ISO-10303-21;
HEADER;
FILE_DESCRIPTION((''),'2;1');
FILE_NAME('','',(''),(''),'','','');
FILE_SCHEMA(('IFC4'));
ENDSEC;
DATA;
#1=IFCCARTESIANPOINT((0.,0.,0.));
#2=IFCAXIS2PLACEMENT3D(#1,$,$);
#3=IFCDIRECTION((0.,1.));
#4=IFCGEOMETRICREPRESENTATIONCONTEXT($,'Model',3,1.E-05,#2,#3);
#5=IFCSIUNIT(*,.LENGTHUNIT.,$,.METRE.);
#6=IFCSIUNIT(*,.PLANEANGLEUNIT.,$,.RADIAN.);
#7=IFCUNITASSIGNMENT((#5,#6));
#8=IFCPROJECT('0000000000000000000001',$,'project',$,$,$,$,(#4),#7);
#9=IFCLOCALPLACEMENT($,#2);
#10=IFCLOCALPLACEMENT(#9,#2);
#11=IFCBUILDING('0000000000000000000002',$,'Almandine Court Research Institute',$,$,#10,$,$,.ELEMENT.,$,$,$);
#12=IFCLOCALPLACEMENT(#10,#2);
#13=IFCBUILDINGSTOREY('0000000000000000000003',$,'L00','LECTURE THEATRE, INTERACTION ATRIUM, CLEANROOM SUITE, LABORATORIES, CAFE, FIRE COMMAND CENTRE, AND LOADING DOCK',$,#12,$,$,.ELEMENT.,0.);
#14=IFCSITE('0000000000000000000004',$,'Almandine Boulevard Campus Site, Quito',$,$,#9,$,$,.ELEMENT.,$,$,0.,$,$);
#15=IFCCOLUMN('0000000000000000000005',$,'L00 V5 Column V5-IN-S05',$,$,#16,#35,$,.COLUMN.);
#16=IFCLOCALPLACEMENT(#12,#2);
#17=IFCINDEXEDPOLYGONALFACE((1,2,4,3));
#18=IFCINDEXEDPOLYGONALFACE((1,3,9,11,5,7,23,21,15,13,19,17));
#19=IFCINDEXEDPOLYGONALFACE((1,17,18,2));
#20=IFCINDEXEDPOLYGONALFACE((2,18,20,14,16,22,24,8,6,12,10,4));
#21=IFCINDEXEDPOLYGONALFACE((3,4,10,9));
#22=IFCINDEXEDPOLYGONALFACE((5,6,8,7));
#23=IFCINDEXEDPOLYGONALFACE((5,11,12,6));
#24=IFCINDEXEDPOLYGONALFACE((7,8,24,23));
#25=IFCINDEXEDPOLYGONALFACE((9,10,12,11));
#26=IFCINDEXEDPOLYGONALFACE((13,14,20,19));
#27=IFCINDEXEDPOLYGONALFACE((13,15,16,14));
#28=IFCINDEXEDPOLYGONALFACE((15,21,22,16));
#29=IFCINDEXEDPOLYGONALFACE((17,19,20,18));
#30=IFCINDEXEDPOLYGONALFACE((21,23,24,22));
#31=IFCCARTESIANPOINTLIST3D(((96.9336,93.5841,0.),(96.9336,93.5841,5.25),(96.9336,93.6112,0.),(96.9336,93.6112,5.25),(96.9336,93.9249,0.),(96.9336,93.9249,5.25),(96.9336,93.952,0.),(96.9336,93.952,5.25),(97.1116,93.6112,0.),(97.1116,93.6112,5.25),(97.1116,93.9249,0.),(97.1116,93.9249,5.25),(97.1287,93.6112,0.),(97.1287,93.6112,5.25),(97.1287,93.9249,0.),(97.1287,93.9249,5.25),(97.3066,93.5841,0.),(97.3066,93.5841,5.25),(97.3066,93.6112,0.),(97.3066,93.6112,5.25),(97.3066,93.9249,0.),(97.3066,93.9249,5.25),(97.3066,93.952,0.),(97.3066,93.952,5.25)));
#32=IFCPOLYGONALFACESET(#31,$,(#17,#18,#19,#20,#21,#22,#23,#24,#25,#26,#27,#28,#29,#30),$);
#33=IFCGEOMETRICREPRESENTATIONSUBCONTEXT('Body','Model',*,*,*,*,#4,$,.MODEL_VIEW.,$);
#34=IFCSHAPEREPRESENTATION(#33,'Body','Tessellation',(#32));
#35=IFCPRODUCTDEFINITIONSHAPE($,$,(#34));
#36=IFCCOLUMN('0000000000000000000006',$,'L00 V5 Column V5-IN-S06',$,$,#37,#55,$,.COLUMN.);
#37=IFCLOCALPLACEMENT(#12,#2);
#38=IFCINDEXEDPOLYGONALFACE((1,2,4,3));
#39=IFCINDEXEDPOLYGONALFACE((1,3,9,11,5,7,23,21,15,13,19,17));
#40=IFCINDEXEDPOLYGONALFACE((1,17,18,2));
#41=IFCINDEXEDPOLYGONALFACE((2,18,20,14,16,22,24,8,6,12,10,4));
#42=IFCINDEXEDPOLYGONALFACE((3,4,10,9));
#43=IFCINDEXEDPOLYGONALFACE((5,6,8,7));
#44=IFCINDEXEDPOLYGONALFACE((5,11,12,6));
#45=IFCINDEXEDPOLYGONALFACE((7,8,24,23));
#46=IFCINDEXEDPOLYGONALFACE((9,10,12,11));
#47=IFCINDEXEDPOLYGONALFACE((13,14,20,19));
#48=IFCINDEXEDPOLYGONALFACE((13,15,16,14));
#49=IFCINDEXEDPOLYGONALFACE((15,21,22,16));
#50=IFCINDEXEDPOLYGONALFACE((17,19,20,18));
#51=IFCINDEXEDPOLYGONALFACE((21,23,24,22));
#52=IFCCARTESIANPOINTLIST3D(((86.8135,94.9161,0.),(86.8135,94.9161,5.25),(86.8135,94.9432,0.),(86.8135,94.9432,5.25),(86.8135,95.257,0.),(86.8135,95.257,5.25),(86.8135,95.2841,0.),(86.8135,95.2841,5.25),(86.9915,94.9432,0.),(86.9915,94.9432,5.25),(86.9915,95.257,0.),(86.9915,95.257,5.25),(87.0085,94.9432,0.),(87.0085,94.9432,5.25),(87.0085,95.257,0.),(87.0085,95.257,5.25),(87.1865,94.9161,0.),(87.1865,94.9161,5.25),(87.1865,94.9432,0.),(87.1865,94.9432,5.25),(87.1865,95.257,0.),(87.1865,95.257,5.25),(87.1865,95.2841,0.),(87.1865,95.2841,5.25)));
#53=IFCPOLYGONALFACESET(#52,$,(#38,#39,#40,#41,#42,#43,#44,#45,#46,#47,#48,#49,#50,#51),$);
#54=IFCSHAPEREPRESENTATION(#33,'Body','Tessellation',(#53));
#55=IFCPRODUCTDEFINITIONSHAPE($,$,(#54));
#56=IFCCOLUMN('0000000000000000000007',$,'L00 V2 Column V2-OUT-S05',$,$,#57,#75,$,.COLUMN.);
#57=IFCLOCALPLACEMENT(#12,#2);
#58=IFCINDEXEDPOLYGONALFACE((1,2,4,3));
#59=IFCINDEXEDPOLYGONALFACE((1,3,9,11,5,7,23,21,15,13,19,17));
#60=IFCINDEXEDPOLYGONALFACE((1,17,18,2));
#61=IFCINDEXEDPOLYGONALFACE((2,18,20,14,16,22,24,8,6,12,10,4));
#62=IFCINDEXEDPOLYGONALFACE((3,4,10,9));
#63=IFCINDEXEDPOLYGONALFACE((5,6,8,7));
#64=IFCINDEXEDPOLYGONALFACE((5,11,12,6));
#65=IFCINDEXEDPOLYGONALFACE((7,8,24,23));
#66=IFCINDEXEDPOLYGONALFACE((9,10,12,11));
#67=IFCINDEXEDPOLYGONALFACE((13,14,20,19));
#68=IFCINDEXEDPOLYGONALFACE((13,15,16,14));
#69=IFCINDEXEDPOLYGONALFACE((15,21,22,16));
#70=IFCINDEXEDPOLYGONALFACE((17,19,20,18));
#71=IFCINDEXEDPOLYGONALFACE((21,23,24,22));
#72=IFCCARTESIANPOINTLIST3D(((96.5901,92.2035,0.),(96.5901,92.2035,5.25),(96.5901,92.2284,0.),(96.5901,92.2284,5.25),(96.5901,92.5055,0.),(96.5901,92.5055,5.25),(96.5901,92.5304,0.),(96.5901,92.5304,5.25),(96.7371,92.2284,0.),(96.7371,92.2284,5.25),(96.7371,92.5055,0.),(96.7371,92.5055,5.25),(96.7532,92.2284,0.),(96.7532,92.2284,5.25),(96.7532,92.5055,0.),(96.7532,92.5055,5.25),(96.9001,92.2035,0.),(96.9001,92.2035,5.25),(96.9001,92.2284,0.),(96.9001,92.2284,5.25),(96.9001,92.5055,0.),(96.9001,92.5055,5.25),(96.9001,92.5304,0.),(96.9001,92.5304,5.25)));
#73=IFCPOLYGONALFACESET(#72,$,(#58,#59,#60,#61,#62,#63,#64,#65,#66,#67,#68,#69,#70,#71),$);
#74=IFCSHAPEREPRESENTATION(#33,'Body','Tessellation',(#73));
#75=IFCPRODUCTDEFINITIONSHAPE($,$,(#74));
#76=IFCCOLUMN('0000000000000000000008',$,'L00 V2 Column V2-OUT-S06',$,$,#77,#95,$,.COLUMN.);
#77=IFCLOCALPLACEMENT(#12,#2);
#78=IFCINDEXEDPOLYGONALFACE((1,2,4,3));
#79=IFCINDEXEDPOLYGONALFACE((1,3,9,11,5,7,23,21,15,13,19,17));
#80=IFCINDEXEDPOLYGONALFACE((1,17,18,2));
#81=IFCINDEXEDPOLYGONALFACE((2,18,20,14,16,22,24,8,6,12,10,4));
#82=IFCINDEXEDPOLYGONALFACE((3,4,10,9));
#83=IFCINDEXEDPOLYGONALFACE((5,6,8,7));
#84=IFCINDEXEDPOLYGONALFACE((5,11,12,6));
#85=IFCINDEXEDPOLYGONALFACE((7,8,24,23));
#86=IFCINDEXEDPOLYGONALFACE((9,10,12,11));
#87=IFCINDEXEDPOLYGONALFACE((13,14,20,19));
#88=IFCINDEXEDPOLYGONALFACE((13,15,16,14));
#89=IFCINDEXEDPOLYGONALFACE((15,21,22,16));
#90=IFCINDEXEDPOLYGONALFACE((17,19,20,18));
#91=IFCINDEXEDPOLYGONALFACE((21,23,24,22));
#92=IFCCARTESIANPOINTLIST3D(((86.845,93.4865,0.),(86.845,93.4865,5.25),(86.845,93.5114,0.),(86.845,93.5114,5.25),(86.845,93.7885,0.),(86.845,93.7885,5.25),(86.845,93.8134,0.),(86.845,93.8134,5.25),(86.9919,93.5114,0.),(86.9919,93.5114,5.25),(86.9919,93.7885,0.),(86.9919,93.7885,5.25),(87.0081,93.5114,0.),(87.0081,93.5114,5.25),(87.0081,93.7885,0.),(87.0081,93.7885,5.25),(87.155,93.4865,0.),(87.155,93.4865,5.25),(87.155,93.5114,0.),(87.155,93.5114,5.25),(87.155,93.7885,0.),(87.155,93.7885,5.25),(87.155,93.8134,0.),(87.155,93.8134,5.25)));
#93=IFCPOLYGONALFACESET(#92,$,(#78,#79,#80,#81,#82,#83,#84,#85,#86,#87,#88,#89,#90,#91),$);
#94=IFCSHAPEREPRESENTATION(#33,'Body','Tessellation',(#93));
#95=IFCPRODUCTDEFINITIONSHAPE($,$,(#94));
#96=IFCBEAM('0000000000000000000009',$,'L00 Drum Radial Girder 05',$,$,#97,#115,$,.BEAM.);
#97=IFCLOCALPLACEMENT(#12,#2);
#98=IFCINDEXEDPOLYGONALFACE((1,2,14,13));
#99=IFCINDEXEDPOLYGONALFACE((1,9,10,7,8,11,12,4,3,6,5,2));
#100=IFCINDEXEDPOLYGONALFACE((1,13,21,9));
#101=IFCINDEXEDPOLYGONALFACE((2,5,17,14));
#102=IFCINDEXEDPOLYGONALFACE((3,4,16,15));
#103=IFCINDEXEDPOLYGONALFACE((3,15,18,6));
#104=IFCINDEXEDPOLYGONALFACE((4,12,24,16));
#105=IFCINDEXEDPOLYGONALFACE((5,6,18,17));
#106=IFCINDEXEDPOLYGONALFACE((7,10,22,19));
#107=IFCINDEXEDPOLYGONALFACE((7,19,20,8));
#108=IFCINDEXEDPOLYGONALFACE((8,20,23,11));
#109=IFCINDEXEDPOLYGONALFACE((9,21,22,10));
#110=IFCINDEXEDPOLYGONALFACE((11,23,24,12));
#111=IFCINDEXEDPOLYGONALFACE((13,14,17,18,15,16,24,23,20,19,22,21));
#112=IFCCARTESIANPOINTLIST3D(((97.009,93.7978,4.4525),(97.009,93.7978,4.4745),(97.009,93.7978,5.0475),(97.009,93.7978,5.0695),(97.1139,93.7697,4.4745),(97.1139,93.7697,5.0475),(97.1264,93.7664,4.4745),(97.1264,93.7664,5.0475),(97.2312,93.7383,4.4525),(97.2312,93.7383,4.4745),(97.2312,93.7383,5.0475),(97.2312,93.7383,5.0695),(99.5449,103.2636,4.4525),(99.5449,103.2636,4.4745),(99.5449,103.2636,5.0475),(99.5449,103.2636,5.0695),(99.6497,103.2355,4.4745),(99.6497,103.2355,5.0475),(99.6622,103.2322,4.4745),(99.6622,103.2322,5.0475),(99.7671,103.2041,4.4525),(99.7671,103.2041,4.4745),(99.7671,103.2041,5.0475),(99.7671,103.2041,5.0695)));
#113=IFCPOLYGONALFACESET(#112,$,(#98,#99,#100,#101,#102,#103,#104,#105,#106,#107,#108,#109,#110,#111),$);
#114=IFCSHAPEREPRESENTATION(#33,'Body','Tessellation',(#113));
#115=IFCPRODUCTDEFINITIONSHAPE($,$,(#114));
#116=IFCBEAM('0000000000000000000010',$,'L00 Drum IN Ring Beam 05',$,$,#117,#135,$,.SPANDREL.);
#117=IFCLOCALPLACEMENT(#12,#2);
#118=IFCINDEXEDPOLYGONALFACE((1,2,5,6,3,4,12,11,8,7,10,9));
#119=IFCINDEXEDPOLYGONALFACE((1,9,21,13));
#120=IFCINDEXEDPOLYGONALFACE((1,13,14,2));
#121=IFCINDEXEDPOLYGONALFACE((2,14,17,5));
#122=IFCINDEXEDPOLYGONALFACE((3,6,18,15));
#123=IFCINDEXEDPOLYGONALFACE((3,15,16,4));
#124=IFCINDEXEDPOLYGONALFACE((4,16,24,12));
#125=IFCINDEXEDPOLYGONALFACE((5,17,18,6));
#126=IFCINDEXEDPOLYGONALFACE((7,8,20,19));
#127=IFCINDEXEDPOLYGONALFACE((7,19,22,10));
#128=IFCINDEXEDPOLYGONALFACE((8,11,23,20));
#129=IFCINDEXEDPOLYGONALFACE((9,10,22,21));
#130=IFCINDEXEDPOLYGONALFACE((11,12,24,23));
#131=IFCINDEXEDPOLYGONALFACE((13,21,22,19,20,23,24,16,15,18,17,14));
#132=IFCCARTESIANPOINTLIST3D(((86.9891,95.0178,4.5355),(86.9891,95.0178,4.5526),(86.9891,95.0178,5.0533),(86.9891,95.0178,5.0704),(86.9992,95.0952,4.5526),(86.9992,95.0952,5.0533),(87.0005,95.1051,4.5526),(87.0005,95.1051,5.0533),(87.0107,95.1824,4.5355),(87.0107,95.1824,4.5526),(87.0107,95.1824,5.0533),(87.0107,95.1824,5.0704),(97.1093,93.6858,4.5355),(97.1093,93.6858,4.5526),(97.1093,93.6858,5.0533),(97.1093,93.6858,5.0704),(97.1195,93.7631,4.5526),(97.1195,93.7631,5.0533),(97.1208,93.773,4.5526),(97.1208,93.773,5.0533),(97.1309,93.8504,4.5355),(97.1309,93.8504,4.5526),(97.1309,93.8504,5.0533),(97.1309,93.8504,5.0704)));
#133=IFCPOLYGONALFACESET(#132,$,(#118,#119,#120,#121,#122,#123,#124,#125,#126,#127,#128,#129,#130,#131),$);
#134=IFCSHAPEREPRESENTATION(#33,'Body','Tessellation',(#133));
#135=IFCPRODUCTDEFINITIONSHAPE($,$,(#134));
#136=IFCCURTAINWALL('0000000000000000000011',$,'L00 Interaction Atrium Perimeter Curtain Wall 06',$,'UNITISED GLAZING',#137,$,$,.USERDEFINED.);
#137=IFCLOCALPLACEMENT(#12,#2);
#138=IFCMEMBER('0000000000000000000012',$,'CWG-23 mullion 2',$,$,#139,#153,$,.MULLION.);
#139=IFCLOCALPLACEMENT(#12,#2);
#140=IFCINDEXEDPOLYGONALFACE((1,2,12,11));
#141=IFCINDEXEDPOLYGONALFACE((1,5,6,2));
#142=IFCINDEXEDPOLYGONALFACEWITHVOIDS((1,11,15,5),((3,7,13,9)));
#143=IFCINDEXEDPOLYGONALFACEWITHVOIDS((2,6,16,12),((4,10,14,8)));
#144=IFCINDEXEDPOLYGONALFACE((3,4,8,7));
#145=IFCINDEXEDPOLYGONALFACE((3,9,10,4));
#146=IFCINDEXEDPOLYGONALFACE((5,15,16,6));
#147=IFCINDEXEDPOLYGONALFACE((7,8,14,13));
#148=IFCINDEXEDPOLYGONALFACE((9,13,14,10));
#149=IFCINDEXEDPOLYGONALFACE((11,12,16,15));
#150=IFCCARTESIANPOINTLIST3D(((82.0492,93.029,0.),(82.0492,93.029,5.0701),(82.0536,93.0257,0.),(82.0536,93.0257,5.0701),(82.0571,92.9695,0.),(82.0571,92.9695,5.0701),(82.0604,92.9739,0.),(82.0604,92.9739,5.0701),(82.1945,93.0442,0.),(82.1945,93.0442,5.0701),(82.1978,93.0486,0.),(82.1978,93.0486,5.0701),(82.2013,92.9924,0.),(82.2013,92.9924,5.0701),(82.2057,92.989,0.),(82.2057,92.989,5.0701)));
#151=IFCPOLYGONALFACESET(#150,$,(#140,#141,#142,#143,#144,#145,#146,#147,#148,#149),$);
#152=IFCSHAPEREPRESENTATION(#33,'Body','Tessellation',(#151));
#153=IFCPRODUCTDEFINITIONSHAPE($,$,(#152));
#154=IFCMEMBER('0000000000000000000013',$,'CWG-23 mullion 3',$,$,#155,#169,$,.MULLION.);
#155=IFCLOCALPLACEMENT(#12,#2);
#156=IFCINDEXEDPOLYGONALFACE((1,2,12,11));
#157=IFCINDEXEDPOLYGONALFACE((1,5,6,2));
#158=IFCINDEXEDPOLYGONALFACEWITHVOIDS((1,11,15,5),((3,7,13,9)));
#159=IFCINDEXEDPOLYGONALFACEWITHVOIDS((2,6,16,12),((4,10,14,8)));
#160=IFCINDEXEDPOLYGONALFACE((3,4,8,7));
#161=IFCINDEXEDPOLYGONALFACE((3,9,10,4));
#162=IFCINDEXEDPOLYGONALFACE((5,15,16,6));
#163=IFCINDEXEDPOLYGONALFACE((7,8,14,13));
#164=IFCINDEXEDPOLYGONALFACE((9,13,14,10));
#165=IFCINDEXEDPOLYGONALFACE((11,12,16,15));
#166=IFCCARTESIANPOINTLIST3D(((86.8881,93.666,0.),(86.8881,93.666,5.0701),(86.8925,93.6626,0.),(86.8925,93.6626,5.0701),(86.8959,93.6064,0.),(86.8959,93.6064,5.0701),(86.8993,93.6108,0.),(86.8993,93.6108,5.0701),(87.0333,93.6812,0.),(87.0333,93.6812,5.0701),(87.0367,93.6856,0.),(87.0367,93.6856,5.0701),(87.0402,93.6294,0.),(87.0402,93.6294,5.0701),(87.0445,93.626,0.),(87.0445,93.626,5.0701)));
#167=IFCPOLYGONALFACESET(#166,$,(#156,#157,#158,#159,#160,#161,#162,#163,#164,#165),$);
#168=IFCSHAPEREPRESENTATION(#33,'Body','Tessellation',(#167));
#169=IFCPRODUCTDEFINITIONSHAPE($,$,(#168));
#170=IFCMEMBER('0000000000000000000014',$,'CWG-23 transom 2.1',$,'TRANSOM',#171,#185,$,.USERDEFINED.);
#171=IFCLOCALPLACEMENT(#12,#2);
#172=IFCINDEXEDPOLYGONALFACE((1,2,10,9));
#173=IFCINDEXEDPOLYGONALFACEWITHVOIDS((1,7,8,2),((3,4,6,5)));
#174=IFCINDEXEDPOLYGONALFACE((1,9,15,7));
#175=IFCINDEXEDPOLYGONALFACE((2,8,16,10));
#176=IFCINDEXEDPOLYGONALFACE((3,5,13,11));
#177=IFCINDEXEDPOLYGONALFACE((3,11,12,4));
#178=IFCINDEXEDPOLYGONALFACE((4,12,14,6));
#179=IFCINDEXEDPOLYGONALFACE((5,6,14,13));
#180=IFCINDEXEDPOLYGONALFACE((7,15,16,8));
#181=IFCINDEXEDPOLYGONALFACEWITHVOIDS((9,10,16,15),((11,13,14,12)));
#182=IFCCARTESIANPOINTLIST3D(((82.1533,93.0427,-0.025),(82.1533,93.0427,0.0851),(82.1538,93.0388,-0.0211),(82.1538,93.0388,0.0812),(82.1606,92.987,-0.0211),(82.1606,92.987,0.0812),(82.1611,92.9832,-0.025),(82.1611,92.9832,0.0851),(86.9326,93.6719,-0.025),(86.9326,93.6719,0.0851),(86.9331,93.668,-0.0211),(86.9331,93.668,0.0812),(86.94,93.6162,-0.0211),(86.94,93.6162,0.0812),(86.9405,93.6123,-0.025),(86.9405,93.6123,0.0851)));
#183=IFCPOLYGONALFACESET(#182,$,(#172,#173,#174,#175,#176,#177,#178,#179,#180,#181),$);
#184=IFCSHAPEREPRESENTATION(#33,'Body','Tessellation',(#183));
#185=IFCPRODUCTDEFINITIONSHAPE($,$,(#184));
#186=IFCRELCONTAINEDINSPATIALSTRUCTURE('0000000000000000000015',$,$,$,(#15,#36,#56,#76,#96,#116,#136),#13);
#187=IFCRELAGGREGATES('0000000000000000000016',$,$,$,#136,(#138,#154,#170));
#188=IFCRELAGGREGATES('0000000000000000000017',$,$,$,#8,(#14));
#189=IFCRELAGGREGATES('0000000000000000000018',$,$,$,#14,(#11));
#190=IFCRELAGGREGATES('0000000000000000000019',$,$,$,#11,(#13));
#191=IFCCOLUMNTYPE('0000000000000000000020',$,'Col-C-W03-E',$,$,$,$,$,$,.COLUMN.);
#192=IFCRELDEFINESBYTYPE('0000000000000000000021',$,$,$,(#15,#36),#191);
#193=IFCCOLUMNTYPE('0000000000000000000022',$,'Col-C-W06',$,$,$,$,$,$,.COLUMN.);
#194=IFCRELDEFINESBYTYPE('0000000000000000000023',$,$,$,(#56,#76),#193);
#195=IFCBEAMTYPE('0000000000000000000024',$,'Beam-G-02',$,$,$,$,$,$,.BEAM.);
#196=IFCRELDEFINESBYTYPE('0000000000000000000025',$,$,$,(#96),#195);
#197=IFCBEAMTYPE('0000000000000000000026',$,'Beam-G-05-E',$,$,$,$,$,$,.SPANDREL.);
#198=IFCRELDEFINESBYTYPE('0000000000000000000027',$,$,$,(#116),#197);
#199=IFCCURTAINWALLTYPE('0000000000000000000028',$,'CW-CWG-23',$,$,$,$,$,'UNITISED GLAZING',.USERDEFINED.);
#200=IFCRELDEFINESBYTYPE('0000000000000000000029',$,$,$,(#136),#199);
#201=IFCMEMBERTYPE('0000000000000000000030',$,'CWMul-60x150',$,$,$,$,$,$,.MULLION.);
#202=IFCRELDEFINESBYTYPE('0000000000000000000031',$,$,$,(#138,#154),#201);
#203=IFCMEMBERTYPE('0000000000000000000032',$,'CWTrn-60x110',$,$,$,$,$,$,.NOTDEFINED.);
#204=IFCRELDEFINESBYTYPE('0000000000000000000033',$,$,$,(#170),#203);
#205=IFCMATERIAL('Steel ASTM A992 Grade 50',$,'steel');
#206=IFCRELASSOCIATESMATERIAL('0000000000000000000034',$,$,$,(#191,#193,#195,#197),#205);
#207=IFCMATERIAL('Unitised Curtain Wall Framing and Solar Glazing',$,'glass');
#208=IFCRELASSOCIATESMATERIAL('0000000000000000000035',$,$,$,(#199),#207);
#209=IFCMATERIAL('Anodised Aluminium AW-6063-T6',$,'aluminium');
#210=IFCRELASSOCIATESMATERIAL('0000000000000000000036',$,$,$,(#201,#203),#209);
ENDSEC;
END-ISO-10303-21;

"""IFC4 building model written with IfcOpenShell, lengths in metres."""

from ifc_helpers import new_model, si_unit, direction, frame, origin, origin_2d, place, context, subcontext, project, spatial, hollow_rectangle, i_section, extrude, material, material_profile, profile_set, type_object, element, aggregate, save


model = new_model("IFC4")

# Units and contexts
model_context = context("Model", 3, precision=1e-05, world=origin(), true_north=direction((0.0, 1.0)))
body_context = subcontext(model_context, "Body", "Model", "MODEL_VIEW")
ifc_project = project(units=[si_unit("LENGTHUNIT", "METRE"), si_unit("PLANEANGLEUNIT", "RADIAN")], contexts=[model_context])

# Site, building, storey
site_placement = place(None, origin())
site = spatial("IfcSite", under=ifc_project, at=site_placement, Name="Almandine Boulevard Campus Site, Quito", CompositionType="ELEMENT", RefElevation=0.0)
building_placement = place(site_placement, origin())
building = spatial("IfcBuilding", under=site, at=building_placement, Name="Almandine Court Research Institute", CompositionType="ELEMENT")
storey_placement = place(building_placement, origin())
storey = spatial("IfcBuildingStorey", under=building, at=storey_placement, Name="L00", Description="LECTURE THEATRE, INTERACTION ATRIUM, CLEANROOM SUITE, LABORATORIES, CAFE, FIRE COMMAND CENTRE, AND LOADING DOCK", CompositionType="ELEMENT", Elevation=0.0)

# Columns
ifc_material_1 = material(Name="Steel ASTM A992 Grade 50", Category="steel")
ifc_material_profile_1 = material_profile(ifc_material_1, i_section(OverallWidth=0.373, OverallDepth=0.3679, WebThickness=0.0171, FlangeThickness=0.0271, at=origin_2d()), Name="W360x179")
ifc_profile_set_1 = profile_set([ifc_material_profile_1], Name="Steel ASTM A992 Grade 50")
column_type_1 = type_object("IfcColumnType", Name="Col-C-W03-E", PredefinedType="COLUMN", material=ifc_profile_set_1)
for number, where, z_axis, x_axis, name in (
    (1, (97.1201, 93.7681, 0.0), (0.0, 0.0, 1.0), (1.0, 0.0, 0.0), "L00 V5 Column V5-IN-S05"),
    (2, (87.0, 95.1001, 0.0), (0.0, 0.0, 1.0), (1.0, 0.0, 0.0), "L00 V5 Column V5-IN-S06"),
):
    element("IfcColumn", number, at=place(storey_placement, frame(where, z_axis=z_axis, x_axis=x_axis)), inside=storey, type_object=column_type_1, Name=name, PredefinedType="COLUMN", context=body_context, shape_type="SweptSolid", body=[
        extrude(i_section(OverallWidth=0.373, OverallDepth=0.3679, WebThickness=0.0171, FlangeThickness=0.0271, at=origin_2d()), origin(), (0.0, 0.0, 1.0), 5.25),
    ])
ifc_material_profile_2 = material_profile(ifc_material_1, i_section(OverallWidth=0.3101, OverallDepth=0.3269, WebThickness=0.0161, FlangeThickness=0.0249, at=origin_2d()), Name="W310x158")
ifc_profile_set_2 = profile_set([ifc_material_profile_2], Name="Steel ASTM A992 Grade 50")
column_type_2 = type_object("IfcColumnType", Name="Col-C-W06", PredefinedType="COLUMN", material=ifc_profile_set_2)
for number, where, z_axis, x_axis, name in (
    (3, (96.7451, 92.3669, 0.0), (0.0, 0.0, 1.0), (1.0, 0.0, 0.0), "L00 V2 Column V2-OUT-S05"),
    (4, (87.0, 93.6499, 0.0), (0.0, 0.0, 1.0), (1.0, 0.0, 0.0), "L00 V2 Column V2-OUT-S06"),
):
    element("IfcColumn", number, at=place(storey_placement, frame(where, z_axis=z_axis, x_axis=x_axis)), inside=storey, type_object=column_type_2, Name=name, PredefinedType="COLUMN", context=body_context, shape_type="SweptSolid", body=[
        extrude(i_section(OverallWidth=0.3101, OverallDepth=0.3269, WebThickness=0.0161, FlangeThickness=0.0249, at=origin_2d()), origin(), (0.0, 0.0, 1.0), 5.25),
    ])

# Beams
ifc_material_profile_3 = material_profile(ifc_material_1, i_section(OverallWidth=0.23, OverallDepth=0.6169, WebThickness=0.0129, FlangeThickness=0.022, at=origin_2d()), Name="W610x140")
ifc_profile_set_3 = profile_set([ifc_material_profile_3], Name="Steel ASTM A992 Grade 50")
beam_type_1 = type_object("IfcBeamType", Name="Beam-G-02", PredefinedType="BEAM", material=ifc_profile_set_3)
beam_1_placement = place(storey_placement, frame((97.1201, 93.7681, 4.761), z_axis=(0.258774, 0.965938, 0.0), x_axis=(-0.965938, 0.258774, 0.0)))
element("IfcBeam", 5, at=beam_1_placement, inside=storey, type_object=beam_type_1, Name="L00 Drum Radial Girder 05", PredefinedType="BEAM", context=body_context, shape_type="SweptSolid", body=[
    extrude(i_section(OverallWidth=0.23, OverallDepth=0.6169, WebThickness=0.0129, FlangeThickness=0.022, at=origin_2d()), origin(), (0.0, 0.0, 1.0), 9.7996),
])
ifc_material_profile_4 = material_profile(ifc_material_1, i_section(OverallWidth=0.166, OverallDepth=0.5349, WebThickness=0.01, FlangeThickness=0.0171, at=origin_2d()), Name="W530x85")
ifc_profile_set_4 = profile_set([ifc_material_profile_4], Name="Steel ASTM A992 Grade 50")
beam_type_2 = type_object("IfcBeamType", Name="Beam-G-05-E", PredefinedType="SPANDREL", material=ifc_profile_set_4)
beam_2_placement = place(storey_placement, frame((97.1201, 93.7681, 4.803), z_axis=(-0.991449, 0.130497, 0.0), x_axis=(-0.130497, -0.991449, 0.0)))
element("IfcBeam", 6, at=beam_2_placement, inside=storey, type_object=beam_type_2, Name="L00 Drum IN Ring Beam 05", PredefinedType="SPANDREL", context=body_context, shape_type="SweptSolid", body=[
    extrude(i_section(OverallWidth=0.166, OverallDepth=0.5349, WebThickness=0.01, FlangeThickness=0.0171, at=origin_2d()), origin(), (0.0, 0.0, 1.0), 10.2075),
])

# Curtain wall, members
ifc_material_2 = material(Name="Unitised Curtain Wall Framing and Solar Glazing", Category="glass")
curtain_wall_type = type_object("IfcCurtainWallType", Name="CW-CWG-23", ElementType="UNITISED GLAZING", PredefinedType="USERDEFINED", material=ifc_material_2)
curtain_wall_placement = place(storey_placement, origin())
curtain_wall = element("IfcCurtainWall", 7, at=curtain_wall_placement, inside=storey, type_object=curtain_wall_type, Name="L00 Interaction Atrium Perimeter Curtain Wall 06", ObjectType="UNITISED GLAZING", PredefinedType="USERDEFINED")
ifc_material_3 = material(Name="Anodised Aluminium AW-6063-T6", Category="aluminium")
ifc_material_profile_5 = material_profile(ifc_material_3, hollow_rectangle(XDim=0.0601, YDim=0.1499, WallThickness=0.0039, at=origin_2d()), Name="ALU RHS 60x150x4")
ifc_profile_set_5 = profile_set([ifc_material_profile_5], Name="Anodised Aluminium AW-6063-T6")
member_type_1 = type_object("IfcMemberType", Name="CWMul-60x150", PredefinedType="MULLION", material=ifc_profile_set_5)
member_1_placement = place(storey_placement, frame((82.1274, 93.009, 0.0), z_axis=(0.0, 0.0, 1.0), x_axis=(-0.130536, 0.991444, 0.0)))
member_1 = element("IfcMember", 8, at=member_1_placement, type_object=member_type_1, Name="CWG-23 mullion 2", PredefinedType="MULLION", context=body_context, shape_type="SweptSolid", body=[
    extrude(hollow_rectangle(XDim=0.0601, YDim=0.1499, WallThickness=0.0039, at=origin_2d()), origin(), (0.0, 0.0, 1.0), 5.0701),
])
member_2_placement = place(storey_placement, frame((86.9663, 93.646, 0.0), z_axis=(0.0, 0.0, 1.0), x_axis=(-0.130536, 0.991444, 0.0)))
member_2 = element("IfcMember", 9, at=member_2_placement, type_object=member_type_1, Name="CWG-23 mullion 3", PredefinedType="MULLION", context=body_context, shape_type="SweptSolid", body=[
    extrude(hollow_rectangle(XDim=0.0601, YDim=0.1499, WallThickness=0.0039, at=origin_2d()), origin(), (0.0, 0.0, 1.0), 5.0701),
])
ifc_material_profile_6 = material_profile(ifc_material_3, hollow_rectangle(XDim=0.0601, YDim=0.1101, WallThickness=0.0039, at=origin_2d()), Name="ALU RHS 60x110x4")
ifc_profile_set_6 = profile_set([ifc_material_profile_6], Name="Anodised Aluminium AW-6063-T6")
member_type_2 = type_object("IfcMemberType", Name="CWTrn-60x110", PredefinedType="NOTDEFINED", material=ifc_profile_set_6)
member_3_placement = place(storey_placement, frame((82.1572, 93.0129, 0.03), z_axis=(0.991446, 0.130515, 0.0), x_axis=(-0.130515, 0.991446, 0.0)))
member_3 = element("IfcMember", 10, at=member_3_placement, type_object=member_type_2, Name="CWG-23 transom 2.1", ObjectType="TRANSOM", PredefinedType="USERDEFINED", context=body_context, shape_type="SweptSolid", body=[
    extrude(hollow_rectangle(XDim=0.0601, YDim=0.1101, WallThickness=0.0039, at=origin_2d()), origin(), (0.0, 0.0, 1.0), 4.8206),
])
aggregate(curtain_wall, [member_1, member_2, member_3])

save(model, "model.ifc")
